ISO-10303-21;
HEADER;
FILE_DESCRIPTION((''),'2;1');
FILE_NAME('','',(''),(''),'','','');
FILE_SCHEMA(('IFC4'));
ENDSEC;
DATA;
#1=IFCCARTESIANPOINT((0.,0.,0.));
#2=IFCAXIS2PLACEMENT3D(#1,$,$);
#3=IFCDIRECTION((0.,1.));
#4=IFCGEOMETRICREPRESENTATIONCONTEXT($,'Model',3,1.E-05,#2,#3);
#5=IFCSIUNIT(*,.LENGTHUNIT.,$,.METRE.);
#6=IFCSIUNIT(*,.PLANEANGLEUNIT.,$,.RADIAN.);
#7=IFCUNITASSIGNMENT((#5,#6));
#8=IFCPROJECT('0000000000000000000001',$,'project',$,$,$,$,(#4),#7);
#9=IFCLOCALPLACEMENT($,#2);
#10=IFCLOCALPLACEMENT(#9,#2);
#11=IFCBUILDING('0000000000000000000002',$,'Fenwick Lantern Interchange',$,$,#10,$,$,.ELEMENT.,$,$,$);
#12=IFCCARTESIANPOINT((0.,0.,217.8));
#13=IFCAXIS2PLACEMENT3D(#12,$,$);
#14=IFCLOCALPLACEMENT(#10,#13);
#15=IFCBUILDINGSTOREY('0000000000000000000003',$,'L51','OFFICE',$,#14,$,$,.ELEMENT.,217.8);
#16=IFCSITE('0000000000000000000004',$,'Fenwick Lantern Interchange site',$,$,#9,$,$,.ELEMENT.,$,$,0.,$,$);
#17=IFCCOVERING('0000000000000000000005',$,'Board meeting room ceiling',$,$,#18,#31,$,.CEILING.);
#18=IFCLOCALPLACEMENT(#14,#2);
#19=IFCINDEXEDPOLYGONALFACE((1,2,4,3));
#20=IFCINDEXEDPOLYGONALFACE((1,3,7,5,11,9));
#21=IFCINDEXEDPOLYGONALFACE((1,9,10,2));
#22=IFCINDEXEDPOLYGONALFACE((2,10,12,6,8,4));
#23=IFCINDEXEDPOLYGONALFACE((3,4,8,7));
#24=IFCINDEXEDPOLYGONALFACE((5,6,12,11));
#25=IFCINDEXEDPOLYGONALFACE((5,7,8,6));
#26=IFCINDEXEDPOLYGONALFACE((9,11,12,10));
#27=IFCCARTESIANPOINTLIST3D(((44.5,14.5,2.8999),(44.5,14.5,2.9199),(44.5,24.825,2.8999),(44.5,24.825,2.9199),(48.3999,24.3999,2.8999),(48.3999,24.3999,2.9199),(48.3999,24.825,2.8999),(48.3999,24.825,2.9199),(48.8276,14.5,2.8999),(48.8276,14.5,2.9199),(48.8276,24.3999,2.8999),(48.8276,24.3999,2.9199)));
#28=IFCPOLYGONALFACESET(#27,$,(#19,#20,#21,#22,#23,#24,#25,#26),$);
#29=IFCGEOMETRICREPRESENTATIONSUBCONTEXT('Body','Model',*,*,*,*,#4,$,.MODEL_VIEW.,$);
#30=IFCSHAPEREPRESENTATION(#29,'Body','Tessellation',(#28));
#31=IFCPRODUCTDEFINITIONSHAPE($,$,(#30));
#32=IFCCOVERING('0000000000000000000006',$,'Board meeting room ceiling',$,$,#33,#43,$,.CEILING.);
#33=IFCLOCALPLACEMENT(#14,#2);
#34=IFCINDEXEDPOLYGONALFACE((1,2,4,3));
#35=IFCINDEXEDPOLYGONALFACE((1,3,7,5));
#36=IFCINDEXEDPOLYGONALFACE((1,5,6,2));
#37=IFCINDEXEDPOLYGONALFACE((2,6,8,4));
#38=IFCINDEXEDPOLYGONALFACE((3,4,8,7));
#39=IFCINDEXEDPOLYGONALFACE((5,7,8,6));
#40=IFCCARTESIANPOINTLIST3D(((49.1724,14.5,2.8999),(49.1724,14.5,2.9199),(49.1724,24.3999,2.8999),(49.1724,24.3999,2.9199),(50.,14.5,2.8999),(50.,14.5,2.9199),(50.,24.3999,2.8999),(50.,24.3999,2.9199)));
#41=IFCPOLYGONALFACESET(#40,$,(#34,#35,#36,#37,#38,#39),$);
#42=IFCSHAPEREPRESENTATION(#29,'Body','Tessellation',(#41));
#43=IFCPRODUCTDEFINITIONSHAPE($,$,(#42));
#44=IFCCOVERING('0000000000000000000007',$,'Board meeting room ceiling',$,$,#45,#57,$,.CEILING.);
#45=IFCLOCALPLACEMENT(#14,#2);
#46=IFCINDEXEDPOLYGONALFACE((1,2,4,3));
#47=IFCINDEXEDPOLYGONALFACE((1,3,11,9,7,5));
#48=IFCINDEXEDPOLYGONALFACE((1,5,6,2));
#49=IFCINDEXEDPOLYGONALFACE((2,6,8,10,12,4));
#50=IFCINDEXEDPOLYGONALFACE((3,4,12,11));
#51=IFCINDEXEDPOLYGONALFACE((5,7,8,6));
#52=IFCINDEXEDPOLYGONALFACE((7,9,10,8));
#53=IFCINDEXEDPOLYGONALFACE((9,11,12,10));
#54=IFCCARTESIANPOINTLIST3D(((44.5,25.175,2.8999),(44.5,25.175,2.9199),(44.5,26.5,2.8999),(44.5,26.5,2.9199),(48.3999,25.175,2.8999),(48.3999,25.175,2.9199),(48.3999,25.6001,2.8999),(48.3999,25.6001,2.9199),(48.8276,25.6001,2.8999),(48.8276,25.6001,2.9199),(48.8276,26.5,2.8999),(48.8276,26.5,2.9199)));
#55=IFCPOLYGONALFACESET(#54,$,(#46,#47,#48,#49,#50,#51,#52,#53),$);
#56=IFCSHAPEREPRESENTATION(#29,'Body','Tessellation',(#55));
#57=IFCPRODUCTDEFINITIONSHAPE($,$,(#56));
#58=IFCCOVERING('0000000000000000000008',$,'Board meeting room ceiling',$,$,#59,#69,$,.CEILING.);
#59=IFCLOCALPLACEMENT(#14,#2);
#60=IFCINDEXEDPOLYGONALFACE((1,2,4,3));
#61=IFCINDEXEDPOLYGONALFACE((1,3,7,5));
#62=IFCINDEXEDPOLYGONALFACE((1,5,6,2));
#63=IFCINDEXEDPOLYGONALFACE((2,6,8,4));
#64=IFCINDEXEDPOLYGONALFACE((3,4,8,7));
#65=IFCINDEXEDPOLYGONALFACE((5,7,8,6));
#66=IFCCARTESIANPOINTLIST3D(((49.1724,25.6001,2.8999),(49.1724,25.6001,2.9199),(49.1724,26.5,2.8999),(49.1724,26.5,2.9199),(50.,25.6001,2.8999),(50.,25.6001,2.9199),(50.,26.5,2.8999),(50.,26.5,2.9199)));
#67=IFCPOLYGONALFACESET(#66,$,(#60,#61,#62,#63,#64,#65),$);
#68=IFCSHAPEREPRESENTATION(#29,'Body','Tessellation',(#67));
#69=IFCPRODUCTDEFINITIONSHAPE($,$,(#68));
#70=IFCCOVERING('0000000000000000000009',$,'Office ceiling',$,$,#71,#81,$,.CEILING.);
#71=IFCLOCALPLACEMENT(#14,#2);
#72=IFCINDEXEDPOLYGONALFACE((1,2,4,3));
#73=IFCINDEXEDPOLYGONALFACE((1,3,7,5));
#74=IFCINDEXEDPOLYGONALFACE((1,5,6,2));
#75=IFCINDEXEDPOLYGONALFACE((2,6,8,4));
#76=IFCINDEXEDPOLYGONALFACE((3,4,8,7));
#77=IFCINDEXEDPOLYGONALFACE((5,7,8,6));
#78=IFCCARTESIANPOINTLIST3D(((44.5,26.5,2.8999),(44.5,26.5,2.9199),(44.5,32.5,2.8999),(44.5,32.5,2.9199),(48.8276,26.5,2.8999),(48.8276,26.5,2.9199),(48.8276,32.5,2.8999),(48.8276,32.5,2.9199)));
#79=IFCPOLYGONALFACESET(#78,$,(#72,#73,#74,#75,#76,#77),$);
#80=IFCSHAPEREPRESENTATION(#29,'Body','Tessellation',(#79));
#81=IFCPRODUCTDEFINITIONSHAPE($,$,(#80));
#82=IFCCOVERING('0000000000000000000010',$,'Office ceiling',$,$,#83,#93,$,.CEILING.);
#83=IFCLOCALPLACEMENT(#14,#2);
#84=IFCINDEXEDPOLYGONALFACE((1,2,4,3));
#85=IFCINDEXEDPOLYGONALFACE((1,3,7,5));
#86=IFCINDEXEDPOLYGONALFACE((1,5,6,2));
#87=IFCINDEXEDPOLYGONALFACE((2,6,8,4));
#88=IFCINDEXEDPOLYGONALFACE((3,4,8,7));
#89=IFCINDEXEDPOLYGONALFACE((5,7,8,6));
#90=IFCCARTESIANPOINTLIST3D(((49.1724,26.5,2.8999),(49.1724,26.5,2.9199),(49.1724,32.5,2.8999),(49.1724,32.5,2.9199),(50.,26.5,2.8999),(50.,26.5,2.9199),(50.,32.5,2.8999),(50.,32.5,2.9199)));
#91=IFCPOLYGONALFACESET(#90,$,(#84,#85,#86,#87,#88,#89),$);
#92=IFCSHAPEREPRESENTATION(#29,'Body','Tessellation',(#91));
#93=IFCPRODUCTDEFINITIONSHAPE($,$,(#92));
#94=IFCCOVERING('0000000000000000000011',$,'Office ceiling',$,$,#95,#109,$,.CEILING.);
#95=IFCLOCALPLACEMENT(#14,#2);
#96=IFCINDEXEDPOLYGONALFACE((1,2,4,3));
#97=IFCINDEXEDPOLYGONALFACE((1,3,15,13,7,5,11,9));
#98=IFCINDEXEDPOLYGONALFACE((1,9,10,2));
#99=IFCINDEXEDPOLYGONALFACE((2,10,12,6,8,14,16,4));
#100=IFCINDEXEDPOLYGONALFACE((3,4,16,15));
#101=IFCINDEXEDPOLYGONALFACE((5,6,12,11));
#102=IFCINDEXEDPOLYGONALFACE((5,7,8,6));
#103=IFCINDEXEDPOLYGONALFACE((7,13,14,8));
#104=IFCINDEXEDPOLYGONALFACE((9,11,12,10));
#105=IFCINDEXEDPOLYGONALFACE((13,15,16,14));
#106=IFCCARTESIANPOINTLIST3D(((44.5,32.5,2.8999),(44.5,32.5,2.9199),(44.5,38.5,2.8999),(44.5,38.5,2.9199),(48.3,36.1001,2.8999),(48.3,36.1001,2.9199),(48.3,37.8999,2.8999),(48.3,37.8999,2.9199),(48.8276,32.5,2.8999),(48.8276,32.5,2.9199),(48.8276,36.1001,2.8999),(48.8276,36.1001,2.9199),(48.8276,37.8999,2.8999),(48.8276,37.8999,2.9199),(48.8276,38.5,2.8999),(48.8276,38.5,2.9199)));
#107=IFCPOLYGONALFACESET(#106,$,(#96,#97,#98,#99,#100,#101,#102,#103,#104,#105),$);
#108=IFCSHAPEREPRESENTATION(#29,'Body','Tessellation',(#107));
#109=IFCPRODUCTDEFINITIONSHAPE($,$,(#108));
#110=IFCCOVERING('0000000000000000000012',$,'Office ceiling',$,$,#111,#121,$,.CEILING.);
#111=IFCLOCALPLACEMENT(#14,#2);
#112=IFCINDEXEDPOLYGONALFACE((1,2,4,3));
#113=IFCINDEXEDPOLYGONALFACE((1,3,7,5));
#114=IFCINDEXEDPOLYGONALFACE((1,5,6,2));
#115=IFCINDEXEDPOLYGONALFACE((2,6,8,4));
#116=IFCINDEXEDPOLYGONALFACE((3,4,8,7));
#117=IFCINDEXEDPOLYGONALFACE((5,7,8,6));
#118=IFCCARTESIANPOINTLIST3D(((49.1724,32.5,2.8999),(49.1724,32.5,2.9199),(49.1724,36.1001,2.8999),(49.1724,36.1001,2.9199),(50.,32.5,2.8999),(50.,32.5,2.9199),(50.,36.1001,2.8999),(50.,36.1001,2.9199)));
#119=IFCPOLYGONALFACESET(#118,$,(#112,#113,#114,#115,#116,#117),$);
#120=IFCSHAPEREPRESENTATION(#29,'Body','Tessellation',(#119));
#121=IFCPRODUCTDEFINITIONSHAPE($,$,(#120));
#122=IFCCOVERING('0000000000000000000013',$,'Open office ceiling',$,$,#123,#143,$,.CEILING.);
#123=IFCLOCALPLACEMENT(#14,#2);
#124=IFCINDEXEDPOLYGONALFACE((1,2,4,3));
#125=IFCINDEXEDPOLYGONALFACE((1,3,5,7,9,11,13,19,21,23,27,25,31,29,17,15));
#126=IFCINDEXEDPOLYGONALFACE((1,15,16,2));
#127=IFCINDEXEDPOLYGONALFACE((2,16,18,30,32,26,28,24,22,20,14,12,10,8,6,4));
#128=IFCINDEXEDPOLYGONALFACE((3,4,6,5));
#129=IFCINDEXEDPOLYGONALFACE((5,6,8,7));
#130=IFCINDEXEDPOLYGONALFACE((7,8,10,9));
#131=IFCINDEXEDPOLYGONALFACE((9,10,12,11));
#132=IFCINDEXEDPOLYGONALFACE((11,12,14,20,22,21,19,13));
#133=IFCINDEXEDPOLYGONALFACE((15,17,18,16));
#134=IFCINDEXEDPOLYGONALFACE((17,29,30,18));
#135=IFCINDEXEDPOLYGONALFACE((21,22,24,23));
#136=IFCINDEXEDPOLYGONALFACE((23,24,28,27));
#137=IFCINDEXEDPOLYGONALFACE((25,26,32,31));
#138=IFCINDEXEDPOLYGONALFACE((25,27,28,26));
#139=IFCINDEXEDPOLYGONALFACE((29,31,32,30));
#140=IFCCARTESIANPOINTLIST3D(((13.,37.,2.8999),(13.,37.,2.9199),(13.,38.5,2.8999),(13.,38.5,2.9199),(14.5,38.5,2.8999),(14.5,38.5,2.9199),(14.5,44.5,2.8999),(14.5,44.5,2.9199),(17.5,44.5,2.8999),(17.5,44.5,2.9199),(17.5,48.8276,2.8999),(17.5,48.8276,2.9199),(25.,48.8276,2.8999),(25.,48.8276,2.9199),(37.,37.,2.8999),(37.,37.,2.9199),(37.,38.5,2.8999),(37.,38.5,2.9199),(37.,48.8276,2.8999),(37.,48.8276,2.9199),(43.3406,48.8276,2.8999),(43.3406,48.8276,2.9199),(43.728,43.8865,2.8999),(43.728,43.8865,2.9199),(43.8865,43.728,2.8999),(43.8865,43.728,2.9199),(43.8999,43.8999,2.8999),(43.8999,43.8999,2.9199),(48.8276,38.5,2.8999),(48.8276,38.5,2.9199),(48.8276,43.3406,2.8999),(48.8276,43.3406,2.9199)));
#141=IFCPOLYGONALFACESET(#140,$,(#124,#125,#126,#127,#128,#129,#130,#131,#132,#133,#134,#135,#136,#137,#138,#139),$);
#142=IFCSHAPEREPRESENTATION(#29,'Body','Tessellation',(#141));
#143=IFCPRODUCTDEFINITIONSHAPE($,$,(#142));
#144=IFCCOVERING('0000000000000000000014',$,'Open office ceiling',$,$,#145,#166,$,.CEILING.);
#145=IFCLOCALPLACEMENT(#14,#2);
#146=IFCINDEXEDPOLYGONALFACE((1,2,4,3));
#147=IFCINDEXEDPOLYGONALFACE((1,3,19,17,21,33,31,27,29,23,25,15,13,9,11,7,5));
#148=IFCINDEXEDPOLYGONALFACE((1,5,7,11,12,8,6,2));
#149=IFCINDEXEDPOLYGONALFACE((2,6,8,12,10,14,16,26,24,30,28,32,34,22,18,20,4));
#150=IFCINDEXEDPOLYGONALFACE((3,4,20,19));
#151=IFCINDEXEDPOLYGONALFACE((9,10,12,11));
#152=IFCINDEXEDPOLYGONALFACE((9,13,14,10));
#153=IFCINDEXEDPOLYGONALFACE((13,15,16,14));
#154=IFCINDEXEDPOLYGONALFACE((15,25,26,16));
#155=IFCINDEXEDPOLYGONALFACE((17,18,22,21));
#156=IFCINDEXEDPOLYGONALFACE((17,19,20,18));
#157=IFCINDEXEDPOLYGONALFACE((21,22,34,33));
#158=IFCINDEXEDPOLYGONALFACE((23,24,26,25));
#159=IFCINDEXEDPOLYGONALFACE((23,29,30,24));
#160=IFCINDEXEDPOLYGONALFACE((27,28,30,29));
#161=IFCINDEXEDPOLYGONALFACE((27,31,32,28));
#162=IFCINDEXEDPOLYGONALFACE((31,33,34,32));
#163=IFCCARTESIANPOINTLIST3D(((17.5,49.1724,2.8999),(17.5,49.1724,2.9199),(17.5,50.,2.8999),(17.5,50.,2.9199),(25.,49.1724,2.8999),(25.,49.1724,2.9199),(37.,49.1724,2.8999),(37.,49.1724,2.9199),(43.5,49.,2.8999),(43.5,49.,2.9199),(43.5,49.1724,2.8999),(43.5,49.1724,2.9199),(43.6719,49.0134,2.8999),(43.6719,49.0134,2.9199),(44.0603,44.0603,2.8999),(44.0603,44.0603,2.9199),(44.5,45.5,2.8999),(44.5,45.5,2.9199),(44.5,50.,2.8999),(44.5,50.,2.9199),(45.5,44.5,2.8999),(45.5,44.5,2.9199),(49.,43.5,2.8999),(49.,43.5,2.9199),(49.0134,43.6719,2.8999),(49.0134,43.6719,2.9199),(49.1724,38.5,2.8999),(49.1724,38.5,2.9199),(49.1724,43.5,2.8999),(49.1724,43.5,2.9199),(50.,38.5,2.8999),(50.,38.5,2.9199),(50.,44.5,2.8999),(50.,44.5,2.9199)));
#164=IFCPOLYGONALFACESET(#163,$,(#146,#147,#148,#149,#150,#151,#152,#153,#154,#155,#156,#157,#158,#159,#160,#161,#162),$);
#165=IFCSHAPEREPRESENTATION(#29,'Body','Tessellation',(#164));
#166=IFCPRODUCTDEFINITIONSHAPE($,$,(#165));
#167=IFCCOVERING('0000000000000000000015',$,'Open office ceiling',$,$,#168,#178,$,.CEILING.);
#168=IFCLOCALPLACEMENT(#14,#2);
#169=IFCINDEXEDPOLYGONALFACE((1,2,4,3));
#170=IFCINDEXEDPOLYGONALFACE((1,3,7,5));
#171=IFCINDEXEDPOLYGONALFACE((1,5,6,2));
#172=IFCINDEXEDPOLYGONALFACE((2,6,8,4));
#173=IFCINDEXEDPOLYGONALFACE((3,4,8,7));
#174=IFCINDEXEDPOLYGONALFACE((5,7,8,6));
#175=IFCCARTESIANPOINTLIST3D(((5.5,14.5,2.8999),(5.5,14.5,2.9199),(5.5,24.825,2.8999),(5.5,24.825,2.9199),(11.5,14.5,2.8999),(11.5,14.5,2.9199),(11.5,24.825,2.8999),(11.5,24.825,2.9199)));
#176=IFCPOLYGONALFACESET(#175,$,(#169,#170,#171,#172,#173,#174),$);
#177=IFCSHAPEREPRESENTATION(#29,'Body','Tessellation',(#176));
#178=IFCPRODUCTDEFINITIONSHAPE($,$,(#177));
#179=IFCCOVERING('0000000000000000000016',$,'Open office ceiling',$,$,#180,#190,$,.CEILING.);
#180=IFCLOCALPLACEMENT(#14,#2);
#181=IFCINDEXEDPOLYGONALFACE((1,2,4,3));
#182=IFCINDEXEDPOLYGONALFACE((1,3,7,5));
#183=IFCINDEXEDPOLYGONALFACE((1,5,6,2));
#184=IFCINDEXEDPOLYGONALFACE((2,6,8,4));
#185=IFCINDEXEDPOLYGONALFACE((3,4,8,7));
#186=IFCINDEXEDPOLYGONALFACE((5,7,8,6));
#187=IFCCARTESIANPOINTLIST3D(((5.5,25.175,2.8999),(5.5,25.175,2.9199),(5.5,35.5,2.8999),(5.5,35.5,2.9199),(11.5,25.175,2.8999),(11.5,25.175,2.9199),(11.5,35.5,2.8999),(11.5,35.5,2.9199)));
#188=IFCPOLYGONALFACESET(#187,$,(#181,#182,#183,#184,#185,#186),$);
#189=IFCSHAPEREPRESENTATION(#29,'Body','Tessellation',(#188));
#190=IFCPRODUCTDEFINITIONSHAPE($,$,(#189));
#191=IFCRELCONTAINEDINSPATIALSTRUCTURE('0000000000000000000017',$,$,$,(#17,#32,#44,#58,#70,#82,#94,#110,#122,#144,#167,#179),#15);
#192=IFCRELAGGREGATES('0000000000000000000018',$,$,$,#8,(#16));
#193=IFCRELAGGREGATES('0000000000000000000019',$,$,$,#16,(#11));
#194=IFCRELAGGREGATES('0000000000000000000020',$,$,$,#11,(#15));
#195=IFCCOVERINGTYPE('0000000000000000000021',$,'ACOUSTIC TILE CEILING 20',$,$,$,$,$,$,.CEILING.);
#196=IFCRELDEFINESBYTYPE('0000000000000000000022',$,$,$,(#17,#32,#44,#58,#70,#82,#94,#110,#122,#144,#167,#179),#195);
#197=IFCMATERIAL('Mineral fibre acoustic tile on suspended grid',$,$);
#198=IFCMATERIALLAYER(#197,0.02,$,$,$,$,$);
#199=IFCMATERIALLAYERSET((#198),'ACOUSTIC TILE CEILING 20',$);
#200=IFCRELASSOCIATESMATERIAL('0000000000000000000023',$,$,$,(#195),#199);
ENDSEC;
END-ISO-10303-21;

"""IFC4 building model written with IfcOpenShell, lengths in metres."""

from ifc_helpers import new_model, si_unit, direction, frame, origin, place, context, subcontext, project, spatial, polyline, outline, extrude, material, layer, layer_set, type_object, element, save


model = new_model("IFC4")

# Units and contexts
model_context = context("Model", 3, precision=1e-05, world=origin(), true_north=direction((0.0, 1.0)))
body_context = subcontext(model_context, "Body", "Model", "MODEL_VIEW")
ifc_project = project(units=[si_unit("LENGTHUNIT", "METRE"), si_unit("PLANEANGLEUNIT", "RADIAN")], contexts=[model_context])

# Site, building, storey
site_placement = place(None, origin())
site = spatial("IfcSite", under=ifc_project, at=site_placement, Name="Fenwick Lantern Interchange site", CompositionType="ELEMENT", RefElevation=0.0)
building_placement = place(site_placement, origin())
building = spatial("IfcBuilding", under=site, at=building_placement, Name="Fenwick Lantern Interchange", CompositionType="ELEMENT")
storey_placement = place(building_placement, frame((0.0, 0.0, 217.8)))
storey = spatial("IfcBuildingStorey", under=building, at=storey_placement, Name="L51", Description="OFFICE", CompositionType="ELEMENT", Elevation=217.8)

# Coverings
ifc_material_1 = material(Name="Mineral fibre acoustic tile on suspended grid")
ifc_layer_1 = layer(ifc_material_1, 0.02)
ifc_layer_set_1 = layer_set([ifc_layer_1], Name="ACOUSTIC TILE CEILING 20")
covering_type_1 = type_object("IfcCoveringType", Name="ACOUSTIC TILE CEILING 20", PredefinedType="CEILING", material=ifc_layer_set_1)
covering_1_placement = place(storey_placement, frame((0.0, 0.0, 2.8999)))
element("IfcCovering", 1, at=covering_1_placement, inside=storey, type_object=covering_type_1, Name="Board meeting room ceiling", PredefinedType="CEILING", context=body_context, shape_type="SweptSolid", body=[
    extrude(outline(polyline([(44.5, 24.825), (44.5, 14.5), (48.8276, 14.5), (48.8276, 24.3999), (48.3999, 24.3999), (48.3999, 24.825), (44.5, 24.825)])), origin(), (0.0, 0.0, 1.0), 0.02),
])
covering_2_placement = place(storey_placement, frame((0.0, 0.0, 2.8999)))
element("IfcCovering", 2, at=covering_2_placement, inside=storey, type_object=covering_type_1, Name="Board meeting room ceiling", PredefinedType="CEILING", context=body_context, shape_type="SweptSolid", body=[
    extrude(outline(polyline([(50.0, 24.3999), (49.1724, 24.3999), (49.1724, 14.5), (50.0, 14.5), (50.0, 24.3999)])), origin(), (0.0, 0.0, 1.0), 0.02),
])
covering_3_placement = place(storey_placement, frame((0.0, 0.0, 2.8999)))
element("IfcCovering", 3, at=covering_3_placement, inside=storey, type_object=covering_type_1, Name="Board meeting room ceiling", PredefinedType="CEILING", context=body_context, shape_type="SweptSolid", body=[
    extrude(outline(polyline([(44.5, 26.5), (44.5, 25.175), (48.3999, 25.175), (48.3999, 25.6001), (48.8276, 25.6001), (48.8276, 26.5), (44.5, 26.5)])), origin(), (0.0, 0.0, 1.0), 0.02),
])
covering_4_placement = place(storey_placement, frame((0.0, 0.0, 2.8999)))
element("IfcCovering", 4, at=covering_4_placement, inside=storey, type_object=covering_type_1, Name="Board meeting room ceiling", PredefinedType="CEILING", context=body_context, shape_type="SweptSolid", body=[
    extrude(outline(polyline([(50.0, 26.5), (49.1724, 26.5), (49.1724, 25.6001), (50.0, 25.6001), (50.0, 26.5)])), origin(), (0.0, 0.0, 1.0), 0.02),
])
covering_5_placement = place(storey_placement, frame((0.0, 0.0, 2.8999)))
element("IfcCovering", 5, at=covering_5_placement, inside=storey, type_object=covering_type_1, Name="Office ceiling", PredefinedType="CEILING", context=body_context, shape_type="SweptSolid", body=[
    extrude(outline(polyline([(44.5, 26.5), (48.8276, 26.5), (48.8276, 32.5), (44.5, 32.5), (44.5, 26.5)])), origin(), (0.0, 0.0, 1.0), 0.02),
])
covering_6_placement = place(storey_placement, frame((0.0, 0.0, 2.8999)))
element("IfcCovering", 6, at=covering_6_placement, inside=storey, type_object=covering_type_1, Name="Office ceiling", PredefinedType="CEILING", context=body_context, shape_type="SweptSolid", body=[
    extrude(outline(polyline([(50.0, 32.5), (49.1724, 32.5), (49.1724, 26.5), (50.0, 26.5), (50.0, 32.5)])), origin(), (0.0, 0.0, 1.0), 0.02),
])
covering_7_placement = place(storey_placement, frame((0.0, 0.0, 2.8999)))
element("IfcCovering", 7, at=covering_7_placement, inside=storey, type_object=covering_type_1, Name="Office ceiling", PredefinedType="CEILING", context=body_context, shape_type="SweptSolid", body=[
    extrude(outline(polyline([(44.5, 32.5), (48.8276, 32.5), (48.8276, 36.1001), (48.3, 36.1001), (48.3, 37.8999), (48.8276, 37.8999), (48.8276, 38.5), (44.5, 38.5), (44.5, 32.5)])), origin(), (0.0, 0.0, 1.0), 0.02),
])
covering_8_placement = place(storey_placement, frame((0.0, 0.0, 2.8999)))
element("IfcCovering", 8, at=covering_8_placement, inside=storey, type_object=covering_type_1, Name="Office ceiling", PredefinedType="CEILING", context=body_context, shape_type="SweptSolid", body=[
    extrude(outline(polyline([(49.1724, 32.5), (50.0, 32.5), (50.0, 36.1001), (49.1724, 36.1001), (49.1724, 32.5)])), origin(), (0.0, 0.0, 1.0), 0.02),
])
covering_9_placement = place(storey_placement, frame((0.0, 0.0, 2.8999)))
element("IfcCovering", 9, at=covering_9_placement, inside=storey, type_object=covering_type_1, Name="Open office ceiling", PredefinedType="CEILING", context=body_context, shape_type="SweptSolid", body=[
    extrude(outline(polyline([(37.0, 38.5), (48.8276, 38.5), (48.8276, 43.3406), (43.8865, 43.728), (43.8999, 43.8999), (43.728, 43.8865), (43.3406, 48.8276), (37.0, 48.8276), (25.0, 48.8276), (17.5, 48.8276), (17.5, 44.5), (14.5, 44.5), (14.5, 38.5), (13.0, 38.5), (13.0, 37.0), (37.0, 37.0), (37.0, 38.5)])), origin(), (0.0, 0.0, 1.0), 0.02),
])
covering_10_placement = place(storey_placement, frame((0.0, 0.0, 2.8999)))
element("IfcCovering", 10, at=covering_10_placement, inside=storey, type_object=covering_type_1, Name="Open office ceiling", PredefinedType="CEILING", context=body_context, shape_type="SweptSolid", body=[
    extrude(outline(polyline([(44.5, 45.5), (44.5, 50.0), (17.5, 50.0), (17.5, 49.1724), (25.0, 49.1724), (37.0, 49.1724), (43.5, 49.1724), (43.5, 49.0), (43.6719, 49.0134), (44.0603, 44.0603), (49.0134, 43.6719), (49.0, 43.5), (49.1724, 43.5), (49.1724, 38.5), (50.0, 38.5), (50.0, 44.5), (45.5, 44.5), (44.5, 45.5)])), origin(), (0.0, 0.0, 1.0), 0.02),
])
covering_11_placement = place(storey_placement, frame((0.0, 0.0, 2.8999)))
element("IfcCovering", 11, at=covering_11_placement, inside=storey, type_object=covering_type_1, Name="Open office ceiling", PredefinedType="CEILING", context=body_context, shape_type="SweptSolid", body=[
    extrude(outline(polyline([(11.5, 14.5), (11.5, 24.825), (5.5, 24.825), (5.5, 14.5), (11.5, 14.5)])), origin(), (0.0, 0.0, 1.0), 0.02),
])
covering_12_placement = place(storey_placement, frame((0.0, 0.0, 2.8999)))
element("IfcCovering", 12, at=covering_12_placement, inside=storey, type_object=covering_type_1, Name="Open office ceiling", PredefinedType="CEILING", context=body_context, shape_type="SweptSolid", body=[
    extrude(outline(polyline([(11.5, 25.175), (11.5, 35.5), (5.5, 35.5), (5.5, 25.175), (11.5, 25.175)])), origin(), (0.0, 0.0, 1.0), 0.02),
])

save(model, "model.ifc")
